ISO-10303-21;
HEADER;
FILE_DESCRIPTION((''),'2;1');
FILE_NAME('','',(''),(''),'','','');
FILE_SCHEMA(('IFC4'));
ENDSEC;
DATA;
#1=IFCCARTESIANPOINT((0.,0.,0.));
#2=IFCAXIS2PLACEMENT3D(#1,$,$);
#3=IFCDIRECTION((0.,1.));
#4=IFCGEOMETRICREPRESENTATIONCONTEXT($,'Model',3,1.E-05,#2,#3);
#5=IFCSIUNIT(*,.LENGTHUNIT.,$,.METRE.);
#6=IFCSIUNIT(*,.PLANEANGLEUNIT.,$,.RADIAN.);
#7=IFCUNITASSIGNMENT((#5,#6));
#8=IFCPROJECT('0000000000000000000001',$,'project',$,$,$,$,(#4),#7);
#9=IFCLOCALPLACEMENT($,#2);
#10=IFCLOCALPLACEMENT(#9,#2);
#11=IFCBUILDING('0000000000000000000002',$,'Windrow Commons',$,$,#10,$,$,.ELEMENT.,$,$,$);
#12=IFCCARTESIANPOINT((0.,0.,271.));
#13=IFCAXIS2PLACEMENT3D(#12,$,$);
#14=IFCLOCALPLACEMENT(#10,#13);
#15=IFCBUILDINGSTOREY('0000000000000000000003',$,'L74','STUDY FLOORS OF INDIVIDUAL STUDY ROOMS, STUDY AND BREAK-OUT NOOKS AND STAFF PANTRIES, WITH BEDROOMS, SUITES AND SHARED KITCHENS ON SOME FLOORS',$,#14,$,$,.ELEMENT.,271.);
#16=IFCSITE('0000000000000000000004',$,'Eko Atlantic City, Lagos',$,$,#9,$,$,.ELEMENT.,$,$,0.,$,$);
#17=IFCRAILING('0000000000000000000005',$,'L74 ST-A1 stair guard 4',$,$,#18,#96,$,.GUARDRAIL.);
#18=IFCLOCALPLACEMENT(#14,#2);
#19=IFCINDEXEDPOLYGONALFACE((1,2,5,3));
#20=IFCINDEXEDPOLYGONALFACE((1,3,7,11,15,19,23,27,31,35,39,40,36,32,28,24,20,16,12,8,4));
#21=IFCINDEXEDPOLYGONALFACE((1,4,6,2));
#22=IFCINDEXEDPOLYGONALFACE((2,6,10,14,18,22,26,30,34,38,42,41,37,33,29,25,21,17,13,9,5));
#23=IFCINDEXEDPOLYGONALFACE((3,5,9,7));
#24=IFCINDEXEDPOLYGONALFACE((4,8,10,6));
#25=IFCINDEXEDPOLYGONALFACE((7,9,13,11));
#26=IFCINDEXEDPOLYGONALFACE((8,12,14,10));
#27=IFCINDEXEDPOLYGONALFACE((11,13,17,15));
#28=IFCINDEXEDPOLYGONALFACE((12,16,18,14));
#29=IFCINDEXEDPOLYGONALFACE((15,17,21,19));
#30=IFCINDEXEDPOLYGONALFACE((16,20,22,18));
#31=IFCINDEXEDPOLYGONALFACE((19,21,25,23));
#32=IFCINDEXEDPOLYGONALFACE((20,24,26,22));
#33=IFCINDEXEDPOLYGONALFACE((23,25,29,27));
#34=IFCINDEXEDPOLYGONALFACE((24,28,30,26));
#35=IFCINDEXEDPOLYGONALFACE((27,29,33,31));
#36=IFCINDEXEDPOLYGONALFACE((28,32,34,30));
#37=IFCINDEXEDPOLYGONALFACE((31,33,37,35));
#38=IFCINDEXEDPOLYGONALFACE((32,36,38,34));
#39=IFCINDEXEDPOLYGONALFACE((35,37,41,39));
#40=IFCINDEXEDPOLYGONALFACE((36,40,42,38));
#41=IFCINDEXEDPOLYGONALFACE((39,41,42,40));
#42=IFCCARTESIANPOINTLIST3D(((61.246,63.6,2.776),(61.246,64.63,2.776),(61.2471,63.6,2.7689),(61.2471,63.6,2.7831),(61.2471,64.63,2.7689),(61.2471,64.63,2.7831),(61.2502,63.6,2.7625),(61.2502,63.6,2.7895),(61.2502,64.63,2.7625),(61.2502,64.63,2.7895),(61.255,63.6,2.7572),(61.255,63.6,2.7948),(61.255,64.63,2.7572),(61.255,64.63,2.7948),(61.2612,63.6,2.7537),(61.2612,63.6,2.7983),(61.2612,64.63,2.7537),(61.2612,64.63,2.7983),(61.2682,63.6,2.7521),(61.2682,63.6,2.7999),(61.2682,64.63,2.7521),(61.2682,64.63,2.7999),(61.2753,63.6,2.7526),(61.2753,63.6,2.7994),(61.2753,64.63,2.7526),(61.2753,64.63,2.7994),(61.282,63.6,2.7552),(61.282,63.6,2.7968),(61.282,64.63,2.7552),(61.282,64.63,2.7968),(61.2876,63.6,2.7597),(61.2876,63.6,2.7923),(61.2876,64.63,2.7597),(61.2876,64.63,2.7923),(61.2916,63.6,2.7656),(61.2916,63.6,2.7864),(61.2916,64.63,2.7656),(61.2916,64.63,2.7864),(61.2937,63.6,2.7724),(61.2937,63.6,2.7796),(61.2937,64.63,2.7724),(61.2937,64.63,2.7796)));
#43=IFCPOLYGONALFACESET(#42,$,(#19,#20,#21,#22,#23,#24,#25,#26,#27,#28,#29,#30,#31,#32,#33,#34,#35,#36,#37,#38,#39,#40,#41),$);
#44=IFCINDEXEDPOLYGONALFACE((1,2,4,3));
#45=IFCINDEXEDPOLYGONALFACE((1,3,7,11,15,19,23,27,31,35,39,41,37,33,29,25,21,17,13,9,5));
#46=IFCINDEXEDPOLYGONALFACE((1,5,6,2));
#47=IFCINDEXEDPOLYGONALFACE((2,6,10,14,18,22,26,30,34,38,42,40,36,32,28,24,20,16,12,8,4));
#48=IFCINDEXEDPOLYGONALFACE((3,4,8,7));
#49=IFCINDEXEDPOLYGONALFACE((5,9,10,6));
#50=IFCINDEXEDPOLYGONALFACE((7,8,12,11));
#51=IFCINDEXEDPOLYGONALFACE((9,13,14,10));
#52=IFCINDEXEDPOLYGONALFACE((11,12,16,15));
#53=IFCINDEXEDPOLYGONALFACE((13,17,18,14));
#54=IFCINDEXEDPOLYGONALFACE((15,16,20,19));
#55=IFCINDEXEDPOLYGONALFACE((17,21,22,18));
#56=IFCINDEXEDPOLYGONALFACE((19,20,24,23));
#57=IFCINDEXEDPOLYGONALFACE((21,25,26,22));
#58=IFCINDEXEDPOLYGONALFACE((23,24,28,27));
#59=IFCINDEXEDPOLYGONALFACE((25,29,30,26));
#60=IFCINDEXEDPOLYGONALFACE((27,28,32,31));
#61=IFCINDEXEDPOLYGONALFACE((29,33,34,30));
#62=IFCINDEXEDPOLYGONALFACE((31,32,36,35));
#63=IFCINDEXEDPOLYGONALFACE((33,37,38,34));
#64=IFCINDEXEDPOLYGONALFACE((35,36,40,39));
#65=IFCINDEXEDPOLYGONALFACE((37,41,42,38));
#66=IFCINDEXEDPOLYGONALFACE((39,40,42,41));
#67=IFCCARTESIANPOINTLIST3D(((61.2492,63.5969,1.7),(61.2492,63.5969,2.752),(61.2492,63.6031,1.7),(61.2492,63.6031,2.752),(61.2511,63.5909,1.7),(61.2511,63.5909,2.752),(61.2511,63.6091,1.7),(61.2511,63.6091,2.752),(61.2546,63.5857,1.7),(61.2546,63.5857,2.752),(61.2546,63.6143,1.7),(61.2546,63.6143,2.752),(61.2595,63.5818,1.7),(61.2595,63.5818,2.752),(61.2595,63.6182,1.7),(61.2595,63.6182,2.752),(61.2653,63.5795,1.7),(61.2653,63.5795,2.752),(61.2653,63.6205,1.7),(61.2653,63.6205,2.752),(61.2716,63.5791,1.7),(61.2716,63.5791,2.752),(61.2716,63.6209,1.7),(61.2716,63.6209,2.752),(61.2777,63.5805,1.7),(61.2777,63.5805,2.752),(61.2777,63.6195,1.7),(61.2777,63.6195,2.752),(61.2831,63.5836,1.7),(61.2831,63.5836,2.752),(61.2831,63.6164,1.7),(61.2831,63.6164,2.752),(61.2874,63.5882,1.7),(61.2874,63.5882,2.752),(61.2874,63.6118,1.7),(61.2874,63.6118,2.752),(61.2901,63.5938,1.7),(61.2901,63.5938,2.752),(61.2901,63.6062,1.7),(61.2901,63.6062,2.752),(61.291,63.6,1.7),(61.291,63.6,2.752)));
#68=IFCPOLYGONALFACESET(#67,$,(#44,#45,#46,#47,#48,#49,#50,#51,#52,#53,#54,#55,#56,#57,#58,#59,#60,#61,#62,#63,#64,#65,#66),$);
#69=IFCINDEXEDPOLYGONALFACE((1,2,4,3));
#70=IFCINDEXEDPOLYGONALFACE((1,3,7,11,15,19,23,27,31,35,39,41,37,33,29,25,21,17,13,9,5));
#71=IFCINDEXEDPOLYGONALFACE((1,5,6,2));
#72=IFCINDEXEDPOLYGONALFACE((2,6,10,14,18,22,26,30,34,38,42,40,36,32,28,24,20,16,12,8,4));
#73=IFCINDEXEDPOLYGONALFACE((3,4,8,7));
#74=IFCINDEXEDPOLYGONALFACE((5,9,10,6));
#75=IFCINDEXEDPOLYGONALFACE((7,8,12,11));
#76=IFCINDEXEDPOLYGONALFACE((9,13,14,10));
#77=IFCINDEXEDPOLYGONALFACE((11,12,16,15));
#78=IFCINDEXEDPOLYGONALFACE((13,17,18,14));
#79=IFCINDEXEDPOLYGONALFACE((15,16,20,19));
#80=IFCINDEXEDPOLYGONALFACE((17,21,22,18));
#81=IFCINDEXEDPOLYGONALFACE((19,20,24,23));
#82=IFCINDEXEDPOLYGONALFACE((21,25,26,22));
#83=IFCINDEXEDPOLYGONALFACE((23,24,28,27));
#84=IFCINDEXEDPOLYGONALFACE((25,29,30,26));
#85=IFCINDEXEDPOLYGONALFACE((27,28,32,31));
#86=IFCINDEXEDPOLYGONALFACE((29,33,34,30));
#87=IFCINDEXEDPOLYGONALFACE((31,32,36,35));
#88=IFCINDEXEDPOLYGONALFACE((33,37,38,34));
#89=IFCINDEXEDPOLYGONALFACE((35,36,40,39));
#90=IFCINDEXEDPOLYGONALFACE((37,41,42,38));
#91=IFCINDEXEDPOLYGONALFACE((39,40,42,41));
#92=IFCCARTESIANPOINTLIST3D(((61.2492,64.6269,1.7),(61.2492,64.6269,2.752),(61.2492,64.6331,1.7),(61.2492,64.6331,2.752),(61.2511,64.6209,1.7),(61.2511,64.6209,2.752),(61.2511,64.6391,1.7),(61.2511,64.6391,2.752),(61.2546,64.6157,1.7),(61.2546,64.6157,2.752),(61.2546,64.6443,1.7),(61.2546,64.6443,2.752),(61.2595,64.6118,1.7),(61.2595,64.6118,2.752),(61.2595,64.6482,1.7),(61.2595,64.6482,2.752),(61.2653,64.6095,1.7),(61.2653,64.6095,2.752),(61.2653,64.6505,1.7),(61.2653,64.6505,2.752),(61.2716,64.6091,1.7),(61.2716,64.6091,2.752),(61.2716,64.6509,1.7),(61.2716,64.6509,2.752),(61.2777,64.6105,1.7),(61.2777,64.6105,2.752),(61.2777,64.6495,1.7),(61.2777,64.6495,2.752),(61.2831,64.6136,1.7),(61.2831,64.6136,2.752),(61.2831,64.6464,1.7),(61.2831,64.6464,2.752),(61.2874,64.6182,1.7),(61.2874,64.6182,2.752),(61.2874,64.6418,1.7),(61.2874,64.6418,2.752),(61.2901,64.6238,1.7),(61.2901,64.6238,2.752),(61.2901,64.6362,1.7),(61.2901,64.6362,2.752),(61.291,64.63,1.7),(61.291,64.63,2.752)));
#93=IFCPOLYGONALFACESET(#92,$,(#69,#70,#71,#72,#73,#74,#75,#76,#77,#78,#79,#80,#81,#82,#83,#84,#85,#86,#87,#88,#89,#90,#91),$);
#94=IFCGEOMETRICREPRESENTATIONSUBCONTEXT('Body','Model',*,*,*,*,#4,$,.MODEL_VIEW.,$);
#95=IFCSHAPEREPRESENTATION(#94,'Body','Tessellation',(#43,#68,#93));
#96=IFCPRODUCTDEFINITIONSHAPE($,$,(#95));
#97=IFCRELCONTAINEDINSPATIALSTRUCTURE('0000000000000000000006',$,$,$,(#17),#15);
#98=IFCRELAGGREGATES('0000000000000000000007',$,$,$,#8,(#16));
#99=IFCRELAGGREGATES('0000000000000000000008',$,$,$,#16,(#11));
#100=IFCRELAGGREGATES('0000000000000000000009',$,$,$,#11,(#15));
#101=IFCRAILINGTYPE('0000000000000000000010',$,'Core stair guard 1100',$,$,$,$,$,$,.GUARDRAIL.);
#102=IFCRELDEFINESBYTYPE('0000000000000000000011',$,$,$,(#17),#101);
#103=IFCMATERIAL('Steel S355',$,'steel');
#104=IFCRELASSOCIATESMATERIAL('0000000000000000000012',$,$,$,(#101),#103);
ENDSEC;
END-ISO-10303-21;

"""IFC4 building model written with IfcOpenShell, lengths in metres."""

from ifc_helpers import new_model, si_unit, direction, frame, origin, origin_2d, place, context, subcontext, project, spatial, circle, extrude, material, type_object, element, save


model = new_model("IFC4")

# Units and contexts
model_context = context("Model", 3, precision=1e-05, world=origin(), true_north=direction((0.0, 1.0)))
body_context = subcontext(model_context, "Body", "Model", "MODEL_VIEW")
ifc_project = project(units=[si_unit("LENGTHUNIT", "METRE"), si_unit("PLANEANGLEUNIT", "RADIAN")], contexts=[model_context])

# Site, building, storey
site_placement = place(None, origin())
site = spatial("IfcSite", under=ifc_project, at=site_placement, Name="Eko Atlantic City, Lagos", CompositionType="ELEMENT", RefElevation=0.0)
building_placement = place(site_placement, origin())
building = spatial("IfcBuilding", under=site, at=building_placement, Name="Windrow Commons", CompositionType="ELEMENT")
storey_placement = place(building_placement, frame((0.0, 0.0, 271.0)))
storey = spatial("IfcBuildingStorey", under=building, at=storey_placement, Name="L74", Description="STUDY FLOORS OF INDIVIDUAL STUDY ROOMS, STUDY AND BREAK-OUT NOOKS AND STAFF PANTRIES, WITH BEDROOMS, SUITES AND SHARED KITCHENS ON SOME FLOORS", CompositionType="ELEMENT", Elevation=271.0)

# Railing
ifc_material_1 = material(Name="Steel S355", Category="steel")
railing_type_1 = type_object("IfcRailingType", Name="Core stair guard 1100", PredefinedType="GUARDRAIL", material=ifc_material_1)
railing_1_placement = place(storey_placement, frame((61.27, 63.6, 1.7)))
element("IfcRailing", 1, at=railing_1_placement, inside=storey, type_object=railing_type_1, Name="L74 ST-A1 stair guard 4", PredefinedType="GUARDRAIL", context=body_context, shape_type="SweptSolid", body=[
    extrude(circle(Radius=0.024, at=origin_2d()), frame((0.0, 0.0, 1.076), z_axis=(0.0, 1.0, 0.0), x_axis=(-1.0, 0.0, 0.0)), (0.0, 0.0, 1.0), 1.03),
    extrude(circle(Radius=0.021, at=origin_2d()), origin(), (0.0, 0.0, 1.0), 1.052),
    extrude(circle(Radius=0.021, at=origin_2d()), frame((0.0, 1.03, 0.0)), (0.0, 0.0, 1.0), 1.052),
])

save(model, "model.ifc")
